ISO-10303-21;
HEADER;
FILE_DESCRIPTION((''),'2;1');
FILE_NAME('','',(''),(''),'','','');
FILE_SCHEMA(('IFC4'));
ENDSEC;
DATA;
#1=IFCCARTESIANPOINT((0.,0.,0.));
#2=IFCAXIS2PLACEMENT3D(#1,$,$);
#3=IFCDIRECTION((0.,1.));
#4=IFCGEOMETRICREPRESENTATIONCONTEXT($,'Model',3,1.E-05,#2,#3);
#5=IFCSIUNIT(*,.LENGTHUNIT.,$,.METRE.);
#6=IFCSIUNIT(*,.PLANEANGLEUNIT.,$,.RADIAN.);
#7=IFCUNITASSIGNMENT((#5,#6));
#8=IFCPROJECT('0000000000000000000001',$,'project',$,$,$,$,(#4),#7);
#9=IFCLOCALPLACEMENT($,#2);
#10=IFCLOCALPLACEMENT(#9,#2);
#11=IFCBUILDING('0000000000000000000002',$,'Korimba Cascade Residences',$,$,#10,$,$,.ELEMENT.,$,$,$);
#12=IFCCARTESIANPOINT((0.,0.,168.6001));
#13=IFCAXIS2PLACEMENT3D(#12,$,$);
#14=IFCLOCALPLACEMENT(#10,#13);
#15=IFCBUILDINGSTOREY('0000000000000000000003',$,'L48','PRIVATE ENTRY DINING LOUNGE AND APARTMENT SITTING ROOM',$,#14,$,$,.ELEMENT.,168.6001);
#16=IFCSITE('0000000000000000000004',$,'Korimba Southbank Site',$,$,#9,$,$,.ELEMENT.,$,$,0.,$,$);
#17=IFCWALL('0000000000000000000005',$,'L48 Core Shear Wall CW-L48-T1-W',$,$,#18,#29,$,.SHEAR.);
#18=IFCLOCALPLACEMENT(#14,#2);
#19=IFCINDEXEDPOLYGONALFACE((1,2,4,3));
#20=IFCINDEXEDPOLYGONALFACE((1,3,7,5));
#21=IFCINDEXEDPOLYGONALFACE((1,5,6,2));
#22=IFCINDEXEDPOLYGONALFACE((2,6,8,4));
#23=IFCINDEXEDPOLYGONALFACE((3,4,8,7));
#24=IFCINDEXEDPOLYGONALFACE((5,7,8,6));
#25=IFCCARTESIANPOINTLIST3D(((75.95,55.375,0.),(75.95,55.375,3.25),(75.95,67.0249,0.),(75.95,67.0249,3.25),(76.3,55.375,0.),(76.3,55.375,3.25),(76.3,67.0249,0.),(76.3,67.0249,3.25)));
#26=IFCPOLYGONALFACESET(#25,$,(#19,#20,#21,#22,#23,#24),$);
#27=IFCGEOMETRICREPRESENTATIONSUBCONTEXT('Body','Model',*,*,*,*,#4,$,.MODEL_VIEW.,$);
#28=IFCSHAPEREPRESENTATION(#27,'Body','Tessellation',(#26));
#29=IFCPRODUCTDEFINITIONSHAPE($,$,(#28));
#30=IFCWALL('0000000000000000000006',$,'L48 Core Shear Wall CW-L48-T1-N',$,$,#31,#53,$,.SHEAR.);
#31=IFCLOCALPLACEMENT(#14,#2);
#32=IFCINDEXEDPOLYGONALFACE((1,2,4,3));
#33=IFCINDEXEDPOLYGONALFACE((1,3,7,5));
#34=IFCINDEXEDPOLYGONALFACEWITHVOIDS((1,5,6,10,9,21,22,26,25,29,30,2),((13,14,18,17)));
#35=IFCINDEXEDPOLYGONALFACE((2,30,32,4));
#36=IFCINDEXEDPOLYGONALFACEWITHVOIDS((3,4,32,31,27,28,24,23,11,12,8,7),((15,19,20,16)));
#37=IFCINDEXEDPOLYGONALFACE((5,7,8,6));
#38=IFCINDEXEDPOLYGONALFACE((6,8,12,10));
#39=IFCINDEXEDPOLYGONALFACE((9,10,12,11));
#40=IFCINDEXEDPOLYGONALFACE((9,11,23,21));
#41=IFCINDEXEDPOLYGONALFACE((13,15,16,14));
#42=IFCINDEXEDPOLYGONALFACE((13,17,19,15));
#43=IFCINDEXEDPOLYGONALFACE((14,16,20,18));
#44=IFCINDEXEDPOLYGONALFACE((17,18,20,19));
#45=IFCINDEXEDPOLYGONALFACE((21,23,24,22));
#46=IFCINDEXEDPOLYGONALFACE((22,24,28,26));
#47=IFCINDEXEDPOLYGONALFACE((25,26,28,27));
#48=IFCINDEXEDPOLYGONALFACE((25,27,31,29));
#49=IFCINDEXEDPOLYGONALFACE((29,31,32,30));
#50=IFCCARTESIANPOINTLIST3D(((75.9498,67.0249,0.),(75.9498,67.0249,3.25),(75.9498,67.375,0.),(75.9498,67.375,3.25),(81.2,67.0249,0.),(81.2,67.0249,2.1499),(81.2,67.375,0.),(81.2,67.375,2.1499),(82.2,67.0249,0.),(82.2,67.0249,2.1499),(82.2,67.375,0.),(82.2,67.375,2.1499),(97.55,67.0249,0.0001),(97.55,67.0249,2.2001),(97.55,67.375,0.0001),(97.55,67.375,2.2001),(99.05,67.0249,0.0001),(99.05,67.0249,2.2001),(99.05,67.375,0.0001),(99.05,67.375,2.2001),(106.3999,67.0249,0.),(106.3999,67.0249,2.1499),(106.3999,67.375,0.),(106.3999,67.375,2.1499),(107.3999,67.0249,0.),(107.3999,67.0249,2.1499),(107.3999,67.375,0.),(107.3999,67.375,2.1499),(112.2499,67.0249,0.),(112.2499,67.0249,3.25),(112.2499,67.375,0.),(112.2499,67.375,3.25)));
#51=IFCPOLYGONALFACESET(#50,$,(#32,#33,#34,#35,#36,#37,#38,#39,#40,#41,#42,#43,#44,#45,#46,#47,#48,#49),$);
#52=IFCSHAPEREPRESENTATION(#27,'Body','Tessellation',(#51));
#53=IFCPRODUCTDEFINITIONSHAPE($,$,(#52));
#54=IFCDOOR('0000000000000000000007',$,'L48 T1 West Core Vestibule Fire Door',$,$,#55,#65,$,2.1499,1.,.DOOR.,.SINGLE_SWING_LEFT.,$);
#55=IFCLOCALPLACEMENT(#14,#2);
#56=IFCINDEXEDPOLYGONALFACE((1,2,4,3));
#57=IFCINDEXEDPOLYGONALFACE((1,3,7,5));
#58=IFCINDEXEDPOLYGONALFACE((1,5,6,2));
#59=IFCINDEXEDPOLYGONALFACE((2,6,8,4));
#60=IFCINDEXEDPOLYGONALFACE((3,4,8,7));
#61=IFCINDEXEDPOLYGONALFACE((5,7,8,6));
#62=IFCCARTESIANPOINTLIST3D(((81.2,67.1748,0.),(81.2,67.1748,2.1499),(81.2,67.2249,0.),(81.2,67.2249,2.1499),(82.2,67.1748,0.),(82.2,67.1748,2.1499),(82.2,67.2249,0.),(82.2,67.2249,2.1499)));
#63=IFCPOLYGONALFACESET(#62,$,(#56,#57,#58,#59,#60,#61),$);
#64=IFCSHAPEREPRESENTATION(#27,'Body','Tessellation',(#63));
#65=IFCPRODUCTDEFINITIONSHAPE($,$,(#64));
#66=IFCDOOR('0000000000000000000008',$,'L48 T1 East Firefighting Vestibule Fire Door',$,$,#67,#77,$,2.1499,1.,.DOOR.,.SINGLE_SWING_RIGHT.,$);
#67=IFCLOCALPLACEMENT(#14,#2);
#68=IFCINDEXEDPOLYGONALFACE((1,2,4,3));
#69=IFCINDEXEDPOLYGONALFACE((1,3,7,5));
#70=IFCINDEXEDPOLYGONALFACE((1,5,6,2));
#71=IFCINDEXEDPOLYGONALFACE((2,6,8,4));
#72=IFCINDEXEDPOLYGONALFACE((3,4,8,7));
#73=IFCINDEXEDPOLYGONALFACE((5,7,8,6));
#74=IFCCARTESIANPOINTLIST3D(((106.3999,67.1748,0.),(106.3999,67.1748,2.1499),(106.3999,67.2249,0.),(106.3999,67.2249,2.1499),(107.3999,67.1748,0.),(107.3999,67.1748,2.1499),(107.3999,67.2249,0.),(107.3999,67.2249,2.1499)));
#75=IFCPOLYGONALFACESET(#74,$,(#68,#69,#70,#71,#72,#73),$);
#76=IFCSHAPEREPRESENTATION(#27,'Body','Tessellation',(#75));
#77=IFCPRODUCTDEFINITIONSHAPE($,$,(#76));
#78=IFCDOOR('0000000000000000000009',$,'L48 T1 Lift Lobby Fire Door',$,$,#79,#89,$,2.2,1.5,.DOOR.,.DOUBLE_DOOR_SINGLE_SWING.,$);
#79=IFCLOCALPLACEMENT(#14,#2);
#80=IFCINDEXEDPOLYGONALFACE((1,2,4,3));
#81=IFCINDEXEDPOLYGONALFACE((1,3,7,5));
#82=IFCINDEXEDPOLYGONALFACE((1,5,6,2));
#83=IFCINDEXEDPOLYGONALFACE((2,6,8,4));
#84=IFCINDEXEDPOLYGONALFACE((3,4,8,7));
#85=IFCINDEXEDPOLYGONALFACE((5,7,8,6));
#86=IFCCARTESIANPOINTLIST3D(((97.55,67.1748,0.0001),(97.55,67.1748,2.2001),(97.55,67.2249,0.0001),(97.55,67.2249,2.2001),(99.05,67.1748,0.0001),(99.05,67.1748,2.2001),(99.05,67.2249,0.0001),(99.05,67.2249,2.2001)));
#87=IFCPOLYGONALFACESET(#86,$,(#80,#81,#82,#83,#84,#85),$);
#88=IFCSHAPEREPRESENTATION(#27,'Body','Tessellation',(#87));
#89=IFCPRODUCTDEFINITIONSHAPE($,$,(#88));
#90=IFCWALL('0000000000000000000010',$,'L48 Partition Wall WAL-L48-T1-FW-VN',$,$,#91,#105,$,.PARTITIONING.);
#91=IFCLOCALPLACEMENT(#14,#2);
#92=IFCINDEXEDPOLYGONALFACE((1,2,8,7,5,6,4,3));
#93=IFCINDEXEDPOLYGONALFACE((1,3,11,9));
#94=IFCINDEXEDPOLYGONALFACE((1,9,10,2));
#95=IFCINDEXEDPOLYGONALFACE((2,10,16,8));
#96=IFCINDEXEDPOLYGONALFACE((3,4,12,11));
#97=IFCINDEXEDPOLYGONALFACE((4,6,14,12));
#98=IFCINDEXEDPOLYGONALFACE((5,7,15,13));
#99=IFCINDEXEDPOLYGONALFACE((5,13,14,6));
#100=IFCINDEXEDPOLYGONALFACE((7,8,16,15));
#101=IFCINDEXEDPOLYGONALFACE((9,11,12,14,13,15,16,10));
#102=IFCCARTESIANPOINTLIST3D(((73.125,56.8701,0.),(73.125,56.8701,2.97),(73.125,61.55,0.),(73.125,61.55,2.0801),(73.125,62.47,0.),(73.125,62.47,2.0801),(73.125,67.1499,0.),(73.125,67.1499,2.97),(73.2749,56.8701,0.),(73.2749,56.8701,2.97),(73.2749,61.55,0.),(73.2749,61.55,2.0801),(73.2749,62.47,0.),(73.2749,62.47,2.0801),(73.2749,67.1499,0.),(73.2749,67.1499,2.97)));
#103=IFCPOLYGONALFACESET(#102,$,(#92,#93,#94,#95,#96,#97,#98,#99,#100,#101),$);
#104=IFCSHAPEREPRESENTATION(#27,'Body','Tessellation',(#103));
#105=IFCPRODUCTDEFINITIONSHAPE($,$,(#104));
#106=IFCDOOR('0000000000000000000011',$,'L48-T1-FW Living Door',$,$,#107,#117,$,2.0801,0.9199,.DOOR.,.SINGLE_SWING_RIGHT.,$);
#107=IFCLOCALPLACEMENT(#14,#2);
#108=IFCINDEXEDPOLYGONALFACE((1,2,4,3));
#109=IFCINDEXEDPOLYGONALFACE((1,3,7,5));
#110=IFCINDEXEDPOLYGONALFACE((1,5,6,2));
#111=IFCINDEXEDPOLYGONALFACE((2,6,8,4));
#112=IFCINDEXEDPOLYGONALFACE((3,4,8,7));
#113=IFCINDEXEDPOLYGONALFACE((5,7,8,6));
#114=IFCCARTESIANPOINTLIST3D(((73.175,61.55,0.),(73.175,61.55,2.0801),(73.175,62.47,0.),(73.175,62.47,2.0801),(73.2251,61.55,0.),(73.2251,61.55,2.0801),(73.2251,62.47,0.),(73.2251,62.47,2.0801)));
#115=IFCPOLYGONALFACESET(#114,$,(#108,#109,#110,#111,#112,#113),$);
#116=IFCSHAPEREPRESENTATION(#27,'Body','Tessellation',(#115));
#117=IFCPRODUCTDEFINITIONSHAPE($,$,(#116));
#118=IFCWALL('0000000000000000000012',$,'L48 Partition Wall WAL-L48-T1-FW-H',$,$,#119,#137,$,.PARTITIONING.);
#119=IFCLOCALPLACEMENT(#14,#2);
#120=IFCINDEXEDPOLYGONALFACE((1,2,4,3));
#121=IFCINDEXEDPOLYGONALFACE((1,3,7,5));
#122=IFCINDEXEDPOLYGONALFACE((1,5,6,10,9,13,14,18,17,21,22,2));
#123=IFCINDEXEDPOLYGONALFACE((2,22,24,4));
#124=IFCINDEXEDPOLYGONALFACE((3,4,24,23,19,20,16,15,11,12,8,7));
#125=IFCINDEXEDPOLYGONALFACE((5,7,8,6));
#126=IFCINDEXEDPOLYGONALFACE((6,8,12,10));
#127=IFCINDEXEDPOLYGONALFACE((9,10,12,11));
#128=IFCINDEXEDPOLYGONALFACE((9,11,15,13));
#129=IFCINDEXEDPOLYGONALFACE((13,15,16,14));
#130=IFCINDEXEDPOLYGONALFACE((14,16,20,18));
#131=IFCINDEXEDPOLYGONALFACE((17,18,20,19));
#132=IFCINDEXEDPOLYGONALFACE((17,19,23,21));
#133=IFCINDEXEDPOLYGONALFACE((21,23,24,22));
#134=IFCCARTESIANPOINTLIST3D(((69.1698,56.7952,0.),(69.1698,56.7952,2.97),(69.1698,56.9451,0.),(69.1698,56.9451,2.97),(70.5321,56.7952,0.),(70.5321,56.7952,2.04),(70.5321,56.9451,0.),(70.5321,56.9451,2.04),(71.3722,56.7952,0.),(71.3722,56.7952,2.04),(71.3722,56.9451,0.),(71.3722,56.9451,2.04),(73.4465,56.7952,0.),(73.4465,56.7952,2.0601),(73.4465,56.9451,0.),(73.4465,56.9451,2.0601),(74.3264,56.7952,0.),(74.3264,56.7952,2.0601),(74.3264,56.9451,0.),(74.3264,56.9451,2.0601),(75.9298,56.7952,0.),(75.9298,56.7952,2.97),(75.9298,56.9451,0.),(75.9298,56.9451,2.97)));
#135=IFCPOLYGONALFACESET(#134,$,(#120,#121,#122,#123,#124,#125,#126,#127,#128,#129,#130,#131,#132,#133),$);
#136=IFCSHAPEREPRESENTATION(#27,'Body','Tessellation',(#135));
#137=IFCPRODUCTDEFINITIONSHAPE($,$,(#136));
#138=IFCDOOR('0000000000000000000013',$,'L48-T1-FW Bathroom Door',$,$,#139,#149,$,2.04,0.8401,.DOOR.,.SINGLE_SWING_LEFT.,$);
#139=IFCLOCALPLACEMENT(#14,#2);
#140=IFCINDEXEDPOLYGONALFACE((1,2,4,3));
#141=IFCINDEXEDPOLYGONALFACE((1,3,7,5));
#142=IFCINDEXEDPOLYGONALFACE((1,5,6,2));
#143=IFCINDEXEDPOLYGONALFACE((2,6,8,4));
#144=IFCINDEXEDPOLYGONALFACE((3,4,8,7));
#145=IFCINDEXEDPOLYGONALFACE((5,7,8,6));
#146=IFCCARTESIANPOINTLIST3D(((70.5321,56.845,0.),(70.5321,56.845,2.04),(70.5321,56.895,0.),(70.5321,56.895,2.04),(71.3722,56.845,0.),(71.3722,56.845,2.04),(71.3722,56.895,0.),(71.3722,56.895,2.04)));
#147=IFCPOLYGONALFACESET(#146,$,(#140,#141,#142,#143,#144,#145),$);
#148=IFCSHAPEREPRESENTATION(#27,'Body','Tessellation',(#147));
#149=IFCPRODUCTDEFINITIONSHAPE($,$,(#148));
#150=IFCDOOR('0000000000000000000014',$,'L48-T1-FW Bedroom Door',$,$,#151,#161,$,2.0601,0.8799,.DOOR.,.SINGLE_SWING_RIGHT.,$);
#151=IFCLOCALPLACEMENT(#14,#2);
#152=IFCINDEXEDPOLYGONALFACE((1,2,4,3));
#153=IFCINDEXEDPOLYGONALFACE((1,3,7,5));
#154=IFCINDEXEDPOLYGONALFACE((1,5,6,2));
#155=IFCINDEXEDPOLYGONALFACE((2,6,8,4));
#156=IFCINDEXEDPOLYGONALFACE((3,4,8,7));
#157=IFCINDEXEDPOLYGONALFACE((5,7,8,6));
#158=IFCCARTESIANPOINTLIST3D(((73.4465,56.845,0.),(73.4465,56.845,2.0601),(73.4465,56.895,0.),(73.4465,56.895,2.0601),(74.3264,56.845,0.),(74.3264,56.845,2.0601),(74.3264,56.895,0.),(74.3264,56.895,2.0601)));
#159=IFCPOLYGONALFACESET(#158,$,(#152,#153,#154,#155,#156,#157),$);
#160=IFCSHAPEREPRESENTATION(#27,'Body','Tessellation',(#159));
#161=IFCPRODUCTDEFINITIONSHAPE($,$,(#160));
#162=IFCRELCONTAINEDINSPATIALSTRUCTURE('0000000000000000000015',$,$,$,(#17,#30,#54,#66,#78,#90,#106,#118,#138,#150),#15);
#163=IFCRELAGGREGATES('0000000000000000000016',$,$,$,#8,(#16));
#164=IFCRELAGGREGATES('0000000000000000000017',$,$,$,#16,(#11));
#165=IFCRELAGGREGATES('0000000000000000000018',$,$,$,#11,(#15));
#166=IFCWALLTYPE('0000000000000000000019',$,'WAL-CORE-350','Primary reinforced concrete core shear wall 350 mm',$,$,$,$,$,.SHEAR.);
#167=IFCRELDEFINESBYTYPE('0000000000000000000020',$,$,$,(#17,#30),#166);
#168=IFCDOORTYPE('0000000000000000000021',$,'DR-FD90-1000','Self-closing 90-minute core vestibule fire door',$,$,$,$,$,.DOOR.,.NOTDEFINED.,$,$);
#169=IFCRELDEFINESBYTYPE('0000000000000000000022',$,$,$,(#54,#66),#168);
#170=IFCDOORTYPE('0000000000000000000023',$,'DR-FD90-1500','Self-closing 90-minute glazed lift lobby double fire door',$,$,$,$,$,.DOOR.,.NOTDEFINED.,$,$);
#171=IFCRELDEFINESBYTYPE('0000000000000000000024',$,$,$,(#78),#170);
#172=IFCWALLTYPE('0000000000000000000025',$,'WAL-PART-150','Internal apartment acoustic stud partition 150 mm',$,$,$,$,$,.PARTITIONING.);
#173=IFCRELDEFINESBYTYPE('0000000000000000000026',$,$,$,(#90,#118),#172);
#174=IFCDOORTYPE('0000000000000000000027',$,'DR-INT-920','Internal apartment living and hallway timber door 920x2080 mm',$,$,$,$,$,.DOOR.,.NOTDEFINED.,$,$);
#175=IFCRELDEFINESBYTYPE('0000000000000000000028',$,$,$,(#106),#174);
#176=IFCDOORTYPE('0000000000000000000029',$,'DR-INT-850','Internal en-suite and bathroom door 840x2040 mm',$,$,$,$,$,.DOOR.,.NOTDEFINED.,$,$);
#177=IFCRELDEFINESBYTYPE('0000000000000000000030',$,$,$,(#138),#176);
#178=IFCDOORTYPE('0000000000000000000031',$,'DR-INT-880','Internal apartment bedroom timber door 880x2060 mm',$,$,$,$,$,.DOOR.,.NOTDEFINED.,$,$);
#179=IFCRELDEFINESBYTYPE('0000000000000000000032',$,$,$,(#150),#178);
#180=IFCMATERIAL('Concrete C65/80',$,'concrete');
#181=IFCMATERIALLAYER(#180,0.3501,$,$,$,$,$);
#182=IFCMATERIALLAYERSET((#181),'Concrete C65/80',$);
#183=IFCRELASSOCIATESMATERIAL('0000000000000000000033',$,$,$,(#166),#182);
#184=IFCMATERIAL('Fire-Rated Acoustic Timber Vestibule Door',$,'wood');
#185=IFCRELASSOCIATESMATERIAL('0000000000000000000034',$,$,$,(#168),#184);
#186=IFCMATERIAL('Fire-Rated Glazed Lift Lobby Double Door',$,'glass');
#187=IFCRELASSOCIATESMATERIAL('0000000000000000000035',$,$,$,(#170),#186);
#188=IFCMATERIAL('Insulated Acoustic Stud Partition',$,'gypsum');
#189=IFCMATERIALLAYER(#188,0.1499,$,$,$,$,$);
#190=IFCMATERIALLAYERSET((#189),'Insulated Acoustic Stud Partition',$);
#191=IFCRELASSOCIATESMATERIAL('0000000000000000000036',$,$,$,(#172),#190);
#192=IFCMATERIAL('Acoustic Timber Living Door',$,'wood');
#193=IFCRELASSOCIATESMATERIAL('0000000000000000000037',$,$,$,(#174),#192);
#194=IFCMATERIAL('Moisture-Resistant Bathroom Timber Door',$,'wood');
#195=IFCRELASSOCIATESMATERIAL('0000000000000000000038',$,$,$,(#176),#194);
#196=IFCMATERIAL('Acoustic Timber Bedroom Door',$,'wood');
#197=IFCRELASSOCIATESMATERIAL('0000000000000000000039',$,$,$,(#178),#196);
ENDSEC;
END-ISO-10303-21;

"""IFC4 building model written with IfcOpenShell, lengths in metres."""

from ifc_helpers import new_model, si_unit, direction, frame, frame_2d, origin, place, context, subcontext, project, spatial, rectangle, extrude, material, layer, layer_set, type_object, element, fill, save


model = new_model("IFC4")

# Units and contexts
model_context = context("Model", 3, precision=1e-05, world=origin(), true_north=direction((0.0, 1.0)))
body_context = subcontext(model_context, "Body", "Model", "MODEL_VIEW")
ifc_project = project(units=[si_unit("LENGTHUNIT", "METRE"), si_unit("PLANEANGLEUNIT", "RADIAN")], contexts=[model_context])

# Site, building, storey
site_placement = place(None, origin())
site = spatial("IfcSite", under=ifc_project, at=site_placement, Name="Korimba Southbank Site", CompositionType="ELEMENT", RefElevation=0.0)
building_placement = place(site_placement, origin())
building = spatial("IfcBuilding", under=site, at=building_placement, Name="Korimba Cascade Residences", CompositionType="ELEMENT")
storey_placement = place(building_placement, frame((0.0, 0.0, 168.6001)))
storey = spatial("IfcBuildingStorey", under=building, at=storey_placement, Name="L48", Description="PRIVATE ENTRY DINING LOUNGE AND APARTMENT SITTING ROOM", CompositionType="ELEMENT", Elevation=168.6001)

# Shared definitions
ifc_material_1 = material(Name="Concrete C65/80", Category="concrete")

# Wall
ifc_layer_1 = layer(ifc_material_1, 0.3501)
ifc_layer_set_1 = layer_set([ifc_layer_1], Name="Concrete C65/80")
wall_type_1 = type_object("IfcWallType", Name="WAL-CORE-350", Description="Primary reinforced concrete core shear wall 350 mm", PredefinedType="SHEAR", material=ifc_layer_set_1)
wall_1_placement = place(storey_placement, frame((76.125, 55.375, 0.0), z_axis=(0.0, 0.0, 1.0), x_axis=(0.0, 1.0, 0.0)))
element("IfcWall", 1, at=wall_1_placement, inside=storey, type_object=wall_type_1, Name="L48 Core Shear Wall CW-L48-T1-W", PredefinedType="SHEAR", context=body_context, shape_type="SweptSolid", body=[
    extrude(rectangle(XDim=11.6499, YDim=0.3501, at=frame_2d((5.825, 0.0))), origin(), (0.0, 0.0, 1.0), 3.25),
])

# Wall, openings, doors
wall_2_placement = place(storey_placement, frame((75.95, 67.2, 0.0), z_axis=(0.0, 0.0, 1.0), x_axis=(1.0, 0.0, 0.0)))
wall_2 = element("IfcWall", 2, at=wall_2_placement, inside=storey, type_object=wall_type_1, Name="L48 Core Shear Wall CW-L48-T1-N", PredefinedType="SHEAR", context=body_context, shape_type="SweptSolid", body=[
    extrude(rectangle(XDim=36.3, YDim=0.3501, at=frame_2d((18.1499, 0.0))), origin(), (0.0, 0.0, 1.0), 3.25),
])
opening_1_placement = place(wall_2_placement, frame((5.25, 0.0, 0.0)))
opening_1 = element("IfcOpeningElement", 3, at=opening_1_placement, cuts=wall_2, PredefinedType="OPENING", context=body_context, shape_type="SweptSolid", body=[
    extrude(rectangle(XDim=1.0, YDim=2.1499, at=frame_2d((0.5, 1.075))), frame((0.0, 0.1851, 0.0), z_axis=(0.0, -1.0, 0.0), x_axis=(1.0, 0.0, 0.0)), (0.0, 0.0, 1.0), 0.3701),
])
opening_2_placement = place(wall_2_placement, frame((21.6001, 0.0, 0.0)))
opening_2 = element("IfcOpeningElement", 4, at=opening_2_placement, cuts=wall_2, PredefinedType="OPENING", context=body_context, shape_type="SweptSolid", body=[
    extrude(rectangle(XDim=1.5, YDim=2.2, at=frame_2d((0.75, 1.1001))), frame((0.0, 0.1851, 0.0), z_axis=(0.0, -1.0, 0.0), x_axis=(1.0, 0.0, 0.0)), (0.0, 0.0, 1.0), 0.3701),
])
opening_3_placement = place(wall_2_placement, frame((30.45, 0.0, 0.0)))
opening_3 = element("IfcOpeningElement", 5, at=opening_3_placement, cuts=wall_2, PredefinedType="OPENING", context=body_context, shape_type="SweptSolid", body=[
    extrude(rectangle(XDim=1.0, YDim=2.1499, at=frame_2d((0.5, 1.075))), frame((0.0, 0.1851, 0.0), z_axis=(0.0, -1.0, 0.0), x_axis=(1.0, 0.0, 0.0)), (0.0, 0.0, 1.0), 0.3701),
])
ifc_material_2 = material(Name="Fire-Rated Acoustic Timber Vestibule Door", Category="wood")
door_type_1 = type_object("IfcDoorType", Name="DR-FD90-1000", Description="Self-closing 90-minute core vestibule fire door", OperationType="NOTDEFINED", PredefinedType="DOOR", material=ifc_material_2)
door_1_placement = place(opening_1_placement, origin())
door_1 = element("IfcDoor", 6, at=door_1_placement, inside=storey, type_object=door_type_1, Name="L48 T1 West Core Vestibule Fire Door", OperationType="SINGLE_SWING_LEFT", OverallHeight=2.1499, OverallWidth=1.0, PredefinedType="DOOR", context=body_context, shape_type="SweptSolid", body=[
    extrude(rectangle(XDim=1.0, YDim=2.1499, at=frame_2d((0.5, 1.075))), frame((0.0, 0.0249, 0.0), z_axis=(0.0, -1.0, 0.0), x_axis=(1.0, 0.0, 0.0)), (0.0, 0.0, 1.0), 0.05),
])
fill(opening_1, door_1)
door_2_placement = place(opening_3_placement, origin())
door_2 = element("IfcDoor", 7, at=door_2_placement, inside=storey, type_object=door_type_1, Name="L48 T1 East Firefighting Vestibule Fire Door", OperationType="SINGLE_SWING_RIGHT", OverallHeight=2.1499, OverallWidth=1.0, PredefinedType="DOOR", context=body_context, shape_type="SweptSolid", body=[
    extrude(rectangle(XDim=1.0, YDim=2.1499, at=frame_2d((0.5, 1.075))), frame((0.0, 0.0249, 0.0), z_axis=(0.0, -1.0, 0.0), x_axis=(1.0, 0.0, 0.0)), (0.0, 0.0, 1.0), 0.05),
])
fill(opening_3, door_2)
ifc_material_3 = material(Name="Fire-Rated Glazed Lift Lobby Double Door", Category="glass")
door_type_2 = type_object("IfcDoorType", Name="DR-FD90-1500", Description="Self-closing 90-minute glazed lift lobby double fire door", OperationType="NOTDEFINED", PredefinedType="DOOR", material=ifc_material_3)
door_3_placement = place(opening_2_placement, origin())
door_3 = element("IfcDoor", 8, at=door_3_placement, inside=storey, type_object=door_type_2, Name="L48 T1 Lift Lobby Fire Door", OperationType="DOUBLE_DOOR_SINGLE_SWING", OverallHeight=2.2, OverallWidth=1.5, PredefinedType="DOOR", context=body_context, shape_type="SweptSolid", body=[
    extrude(rectangle(XDim=1.5, YDim=2.2, at=frame_2d((0.75, 1.1001))), frame((0.0, 0.0249, 0.0), z_axis=(0.0, -1.0, 0.0), x_axis=(1.0, 0.0, 0.0)), (0.0, 0.0, 1.0), 0.05),
])
fill(opening_2, door_3)

# Wall, opening, door
ifc_material_4 = material(Name="Insulated Acoustic Stud Partition", Category="gypsum")
ifc_layer_2 = layer(ifc_material_4, 0.1499)
ifc_layer_set_2 = layer_set([ifc_layer_2], Name="Insulated Acoustic Stud Partition")
wall_type_2 = type_object("IfcWallType", Name="WAL-PART-150", Description="Internal apartment acoustic stud partition 150 mm", PredefinedType="PARTITIONING", material=ifc_layer_set_2)
wall_3_placement = place(storey_placement, frame((73.2, 56.8701, 0.0), z_axis=(0.0, 0.0, 1.0), x_axis=(0.0, 1.0, 0.0)))
wall_3 = element("IfcWall", 9, at=wall_3_placement, inside=storey, type_object=wall_type_2, Name="L48 Partition Wall WAL-L48-T1-FW-VN", PredefinedType="PARTITIONING", context=body_context, shape_type="SweptSolid", body=[
    extrude(rectangle(XDim=10.2798, YDim=0.1499, at=frame_2d((5.1399, 0.0))), origin(), (0.0, 0.0, 1.0), 2.97),
])
opening_4_placement = place(wall_3_placement, frame((4.6799, 0.0, 0.0)))
opening_4 = element("IfcOpeningElement", 10, at=opening_4_placement, cuts=wall_3, PredefinedType="OPENING", context=body_context, shape_type="SweptSolid", body=[
    extrude(rectangle(XDim=0.9199, YDim=2.0801, at=frame_2d((0.46, 1.04))), frame((0.0, 0.085, 0.0), z_axis=(0.0, -1.0, 0.0), x_axis=(1.0, 0.0, 0.0)), (0.0, 0.0, 1.0), 0.1699),
])
ifc_material_5 = material(Name="Acoustic Timber Living Door", Category="wood")
door_type_3 = type_object("IfcDoorType", Name="DR-INT-920", Description="Internal apartment living and hallway timber door 920x2080 mm", OperationType="NOTDEFINED", PredefinedType="DOOR", material=ifc_material_5)
door_4_placement = place(opening_4_placement, origin())
door_4 = element("IfcDoor", 11, at=door_4_placement, inside=storey, type_object=door_type_3, Name="L48-T1-FW Living Door", OperationType="SINGLE_SWING_RIGHT", OverallHeight=2.0801, OverallWidth=0.9199, PredefinedType="DOOR", context=body_context, shape_type="SweptSolid", body=[
    extrude(rectangle(XDim=0.9199, YDim=2.0801, at=frame_2d((0.46, 1.04))), frame((0.0, 0.0249, 0.0), z_axis=(0.0, -1.0, 0.0), x_axis=(1.0, 0.0, 0.0)), (0.0, 0.0, 1.0), 0.05),
])
fill(opening_4, door_4)

# Wall, openings, doors
wall_4_placement = place(storey_placement, frame((69.1699, 56.8701, 0.0), z_axis=(0.0, 0.0, 1.0), x_axis=(1.0, 0.0, 0.0)))
wall_4 = element("IfcWall", 12, at=wall_4_placement, inside=storey, type_object=wall_type_2, Name="L48 Partition Wall WAL-L48-T1-FW-H", PredefinedType="PARTITIONING", context=body_context, shape_type="SweptSolid", body=[
    extrude(rectangle(XDim=6.76, YDim=0.1499, at=frame_2d((3.3799, 0.0))), origin(), (0.0, 0.0, 1.0), 2.97),
])
opening_5_placement = place(wall_4_placement, frame((1.3623, 0.0, 0.0)))
opening_5 = element("IfcOpeningElement", 13, at=opening_5_placement, cuts=wall_4, PredefinedType="OPENING", context=body_context, shape_type="SweptSolid", body=[
    extrude(rectangle(XDim=0.8401, YDim=2.04, at=frame_2d((0.4199, 1.02))), frame((0.0, 0.085, 0.0), z_axis=(0.0, -1.0, 0.0), x_axis=(1.0, 0.0, 0.0)), (0.0, 0.0, 1.0), 0.1699),
])
opening_6_placement = place(wall_4_placement, frame((4.2766, 0.0, 0.0)))
opening_6 = element("IfcOpeningElement", 14, at=opening_6_placement, cuts=wall_4, PredefinedType="OPENING", context=body_context, shape_type="SweptSolid", body=[
    extrude(rectangle(XDim=0.8799, YDim=2.0601, at=frame_2d((0.4399, 1.03))), frame((0.0, 0.085, 0.0), z_axis=(0.0, -1.0, 0.0), x_axis=(1.0, 0.0, 0.0)), (0.0, 0.0, 1.0), 0.1699),
])
ifc_material_6 = material(Name="Moisture-Resistant Bathroom Timber Door", Category="wood")
door_type_4 = type_object("IfcDoorType", Name="DR-INT-850", Description="Internal en-suite and bathroom door 840x2040 mm", OperationType="NOTDEFINED", PredefinedType="DOOR", material=ifc_material_6)
door_5_placement = place(opening_5_placement, origin())
door_5 = element("IfcDoor", 15, at=door_5_placement, inside=storey, type_object=door_type_4, Name="L48-T1-FW Bathroom Door", OperationType="SINGLE_SWING_LEFT", OverallHeight=2.04, OverallWidth=0.8401, PredefinedType="DOOR", context=body_context, shape_type="SweptSolid", body=[
    extrude(rectangle(XDim=0.8401, YDim=2.04, at=frame_2d((0.4199, 1.02))), frame((0.0, 0.0249, 0.0), z_axis=(0.0, -1.0, 0.0), x_axis=(1.0, 0.0, 0.0)), (0.0, 0.0, 1.0), 0.05),
])
fill(opening_5, door_5)
ifc_material_7 = material(Name="Acoustic Timber Bedroom Door", Category="wood")
door_type_5 = type_object("IfcDoorType", Name="DR-INT-880", Description="Internal apartment bedroom timber door 880x2060 mm", OperationType="NOTDEFINED", PredefinedType="DOOR", material=ifc_material_7)
door_6_placement = place(opening_6_placement, origin())
door_6 = element("IfcDoor", 16, at=door_6_placement, inside=storey, type_object=door_type_5, Name="L48-T1-FW Bedroom Door", OperationType="SINGLE_SWING_RIGHT", OverallHeight=2.0601, OverallWidth=0.8799, PredefinedType="DOOR", context=body_context, shape_type="SweptSolid", body=[
    extrude(rectangle(XDim=0.8799, YDim=2.0601, at=frame_2d((0.4399, 1.03))), frame((0.0, 0.0249, 0.0), z_axis=(0.0, -1.0, 0.0), x_axis=(1.0, 0.0, 0.0)), (0.0, 0.0, 1.0), 0.05),
])
fill(opening_6, door_6)

save(model, "model.ifc")
